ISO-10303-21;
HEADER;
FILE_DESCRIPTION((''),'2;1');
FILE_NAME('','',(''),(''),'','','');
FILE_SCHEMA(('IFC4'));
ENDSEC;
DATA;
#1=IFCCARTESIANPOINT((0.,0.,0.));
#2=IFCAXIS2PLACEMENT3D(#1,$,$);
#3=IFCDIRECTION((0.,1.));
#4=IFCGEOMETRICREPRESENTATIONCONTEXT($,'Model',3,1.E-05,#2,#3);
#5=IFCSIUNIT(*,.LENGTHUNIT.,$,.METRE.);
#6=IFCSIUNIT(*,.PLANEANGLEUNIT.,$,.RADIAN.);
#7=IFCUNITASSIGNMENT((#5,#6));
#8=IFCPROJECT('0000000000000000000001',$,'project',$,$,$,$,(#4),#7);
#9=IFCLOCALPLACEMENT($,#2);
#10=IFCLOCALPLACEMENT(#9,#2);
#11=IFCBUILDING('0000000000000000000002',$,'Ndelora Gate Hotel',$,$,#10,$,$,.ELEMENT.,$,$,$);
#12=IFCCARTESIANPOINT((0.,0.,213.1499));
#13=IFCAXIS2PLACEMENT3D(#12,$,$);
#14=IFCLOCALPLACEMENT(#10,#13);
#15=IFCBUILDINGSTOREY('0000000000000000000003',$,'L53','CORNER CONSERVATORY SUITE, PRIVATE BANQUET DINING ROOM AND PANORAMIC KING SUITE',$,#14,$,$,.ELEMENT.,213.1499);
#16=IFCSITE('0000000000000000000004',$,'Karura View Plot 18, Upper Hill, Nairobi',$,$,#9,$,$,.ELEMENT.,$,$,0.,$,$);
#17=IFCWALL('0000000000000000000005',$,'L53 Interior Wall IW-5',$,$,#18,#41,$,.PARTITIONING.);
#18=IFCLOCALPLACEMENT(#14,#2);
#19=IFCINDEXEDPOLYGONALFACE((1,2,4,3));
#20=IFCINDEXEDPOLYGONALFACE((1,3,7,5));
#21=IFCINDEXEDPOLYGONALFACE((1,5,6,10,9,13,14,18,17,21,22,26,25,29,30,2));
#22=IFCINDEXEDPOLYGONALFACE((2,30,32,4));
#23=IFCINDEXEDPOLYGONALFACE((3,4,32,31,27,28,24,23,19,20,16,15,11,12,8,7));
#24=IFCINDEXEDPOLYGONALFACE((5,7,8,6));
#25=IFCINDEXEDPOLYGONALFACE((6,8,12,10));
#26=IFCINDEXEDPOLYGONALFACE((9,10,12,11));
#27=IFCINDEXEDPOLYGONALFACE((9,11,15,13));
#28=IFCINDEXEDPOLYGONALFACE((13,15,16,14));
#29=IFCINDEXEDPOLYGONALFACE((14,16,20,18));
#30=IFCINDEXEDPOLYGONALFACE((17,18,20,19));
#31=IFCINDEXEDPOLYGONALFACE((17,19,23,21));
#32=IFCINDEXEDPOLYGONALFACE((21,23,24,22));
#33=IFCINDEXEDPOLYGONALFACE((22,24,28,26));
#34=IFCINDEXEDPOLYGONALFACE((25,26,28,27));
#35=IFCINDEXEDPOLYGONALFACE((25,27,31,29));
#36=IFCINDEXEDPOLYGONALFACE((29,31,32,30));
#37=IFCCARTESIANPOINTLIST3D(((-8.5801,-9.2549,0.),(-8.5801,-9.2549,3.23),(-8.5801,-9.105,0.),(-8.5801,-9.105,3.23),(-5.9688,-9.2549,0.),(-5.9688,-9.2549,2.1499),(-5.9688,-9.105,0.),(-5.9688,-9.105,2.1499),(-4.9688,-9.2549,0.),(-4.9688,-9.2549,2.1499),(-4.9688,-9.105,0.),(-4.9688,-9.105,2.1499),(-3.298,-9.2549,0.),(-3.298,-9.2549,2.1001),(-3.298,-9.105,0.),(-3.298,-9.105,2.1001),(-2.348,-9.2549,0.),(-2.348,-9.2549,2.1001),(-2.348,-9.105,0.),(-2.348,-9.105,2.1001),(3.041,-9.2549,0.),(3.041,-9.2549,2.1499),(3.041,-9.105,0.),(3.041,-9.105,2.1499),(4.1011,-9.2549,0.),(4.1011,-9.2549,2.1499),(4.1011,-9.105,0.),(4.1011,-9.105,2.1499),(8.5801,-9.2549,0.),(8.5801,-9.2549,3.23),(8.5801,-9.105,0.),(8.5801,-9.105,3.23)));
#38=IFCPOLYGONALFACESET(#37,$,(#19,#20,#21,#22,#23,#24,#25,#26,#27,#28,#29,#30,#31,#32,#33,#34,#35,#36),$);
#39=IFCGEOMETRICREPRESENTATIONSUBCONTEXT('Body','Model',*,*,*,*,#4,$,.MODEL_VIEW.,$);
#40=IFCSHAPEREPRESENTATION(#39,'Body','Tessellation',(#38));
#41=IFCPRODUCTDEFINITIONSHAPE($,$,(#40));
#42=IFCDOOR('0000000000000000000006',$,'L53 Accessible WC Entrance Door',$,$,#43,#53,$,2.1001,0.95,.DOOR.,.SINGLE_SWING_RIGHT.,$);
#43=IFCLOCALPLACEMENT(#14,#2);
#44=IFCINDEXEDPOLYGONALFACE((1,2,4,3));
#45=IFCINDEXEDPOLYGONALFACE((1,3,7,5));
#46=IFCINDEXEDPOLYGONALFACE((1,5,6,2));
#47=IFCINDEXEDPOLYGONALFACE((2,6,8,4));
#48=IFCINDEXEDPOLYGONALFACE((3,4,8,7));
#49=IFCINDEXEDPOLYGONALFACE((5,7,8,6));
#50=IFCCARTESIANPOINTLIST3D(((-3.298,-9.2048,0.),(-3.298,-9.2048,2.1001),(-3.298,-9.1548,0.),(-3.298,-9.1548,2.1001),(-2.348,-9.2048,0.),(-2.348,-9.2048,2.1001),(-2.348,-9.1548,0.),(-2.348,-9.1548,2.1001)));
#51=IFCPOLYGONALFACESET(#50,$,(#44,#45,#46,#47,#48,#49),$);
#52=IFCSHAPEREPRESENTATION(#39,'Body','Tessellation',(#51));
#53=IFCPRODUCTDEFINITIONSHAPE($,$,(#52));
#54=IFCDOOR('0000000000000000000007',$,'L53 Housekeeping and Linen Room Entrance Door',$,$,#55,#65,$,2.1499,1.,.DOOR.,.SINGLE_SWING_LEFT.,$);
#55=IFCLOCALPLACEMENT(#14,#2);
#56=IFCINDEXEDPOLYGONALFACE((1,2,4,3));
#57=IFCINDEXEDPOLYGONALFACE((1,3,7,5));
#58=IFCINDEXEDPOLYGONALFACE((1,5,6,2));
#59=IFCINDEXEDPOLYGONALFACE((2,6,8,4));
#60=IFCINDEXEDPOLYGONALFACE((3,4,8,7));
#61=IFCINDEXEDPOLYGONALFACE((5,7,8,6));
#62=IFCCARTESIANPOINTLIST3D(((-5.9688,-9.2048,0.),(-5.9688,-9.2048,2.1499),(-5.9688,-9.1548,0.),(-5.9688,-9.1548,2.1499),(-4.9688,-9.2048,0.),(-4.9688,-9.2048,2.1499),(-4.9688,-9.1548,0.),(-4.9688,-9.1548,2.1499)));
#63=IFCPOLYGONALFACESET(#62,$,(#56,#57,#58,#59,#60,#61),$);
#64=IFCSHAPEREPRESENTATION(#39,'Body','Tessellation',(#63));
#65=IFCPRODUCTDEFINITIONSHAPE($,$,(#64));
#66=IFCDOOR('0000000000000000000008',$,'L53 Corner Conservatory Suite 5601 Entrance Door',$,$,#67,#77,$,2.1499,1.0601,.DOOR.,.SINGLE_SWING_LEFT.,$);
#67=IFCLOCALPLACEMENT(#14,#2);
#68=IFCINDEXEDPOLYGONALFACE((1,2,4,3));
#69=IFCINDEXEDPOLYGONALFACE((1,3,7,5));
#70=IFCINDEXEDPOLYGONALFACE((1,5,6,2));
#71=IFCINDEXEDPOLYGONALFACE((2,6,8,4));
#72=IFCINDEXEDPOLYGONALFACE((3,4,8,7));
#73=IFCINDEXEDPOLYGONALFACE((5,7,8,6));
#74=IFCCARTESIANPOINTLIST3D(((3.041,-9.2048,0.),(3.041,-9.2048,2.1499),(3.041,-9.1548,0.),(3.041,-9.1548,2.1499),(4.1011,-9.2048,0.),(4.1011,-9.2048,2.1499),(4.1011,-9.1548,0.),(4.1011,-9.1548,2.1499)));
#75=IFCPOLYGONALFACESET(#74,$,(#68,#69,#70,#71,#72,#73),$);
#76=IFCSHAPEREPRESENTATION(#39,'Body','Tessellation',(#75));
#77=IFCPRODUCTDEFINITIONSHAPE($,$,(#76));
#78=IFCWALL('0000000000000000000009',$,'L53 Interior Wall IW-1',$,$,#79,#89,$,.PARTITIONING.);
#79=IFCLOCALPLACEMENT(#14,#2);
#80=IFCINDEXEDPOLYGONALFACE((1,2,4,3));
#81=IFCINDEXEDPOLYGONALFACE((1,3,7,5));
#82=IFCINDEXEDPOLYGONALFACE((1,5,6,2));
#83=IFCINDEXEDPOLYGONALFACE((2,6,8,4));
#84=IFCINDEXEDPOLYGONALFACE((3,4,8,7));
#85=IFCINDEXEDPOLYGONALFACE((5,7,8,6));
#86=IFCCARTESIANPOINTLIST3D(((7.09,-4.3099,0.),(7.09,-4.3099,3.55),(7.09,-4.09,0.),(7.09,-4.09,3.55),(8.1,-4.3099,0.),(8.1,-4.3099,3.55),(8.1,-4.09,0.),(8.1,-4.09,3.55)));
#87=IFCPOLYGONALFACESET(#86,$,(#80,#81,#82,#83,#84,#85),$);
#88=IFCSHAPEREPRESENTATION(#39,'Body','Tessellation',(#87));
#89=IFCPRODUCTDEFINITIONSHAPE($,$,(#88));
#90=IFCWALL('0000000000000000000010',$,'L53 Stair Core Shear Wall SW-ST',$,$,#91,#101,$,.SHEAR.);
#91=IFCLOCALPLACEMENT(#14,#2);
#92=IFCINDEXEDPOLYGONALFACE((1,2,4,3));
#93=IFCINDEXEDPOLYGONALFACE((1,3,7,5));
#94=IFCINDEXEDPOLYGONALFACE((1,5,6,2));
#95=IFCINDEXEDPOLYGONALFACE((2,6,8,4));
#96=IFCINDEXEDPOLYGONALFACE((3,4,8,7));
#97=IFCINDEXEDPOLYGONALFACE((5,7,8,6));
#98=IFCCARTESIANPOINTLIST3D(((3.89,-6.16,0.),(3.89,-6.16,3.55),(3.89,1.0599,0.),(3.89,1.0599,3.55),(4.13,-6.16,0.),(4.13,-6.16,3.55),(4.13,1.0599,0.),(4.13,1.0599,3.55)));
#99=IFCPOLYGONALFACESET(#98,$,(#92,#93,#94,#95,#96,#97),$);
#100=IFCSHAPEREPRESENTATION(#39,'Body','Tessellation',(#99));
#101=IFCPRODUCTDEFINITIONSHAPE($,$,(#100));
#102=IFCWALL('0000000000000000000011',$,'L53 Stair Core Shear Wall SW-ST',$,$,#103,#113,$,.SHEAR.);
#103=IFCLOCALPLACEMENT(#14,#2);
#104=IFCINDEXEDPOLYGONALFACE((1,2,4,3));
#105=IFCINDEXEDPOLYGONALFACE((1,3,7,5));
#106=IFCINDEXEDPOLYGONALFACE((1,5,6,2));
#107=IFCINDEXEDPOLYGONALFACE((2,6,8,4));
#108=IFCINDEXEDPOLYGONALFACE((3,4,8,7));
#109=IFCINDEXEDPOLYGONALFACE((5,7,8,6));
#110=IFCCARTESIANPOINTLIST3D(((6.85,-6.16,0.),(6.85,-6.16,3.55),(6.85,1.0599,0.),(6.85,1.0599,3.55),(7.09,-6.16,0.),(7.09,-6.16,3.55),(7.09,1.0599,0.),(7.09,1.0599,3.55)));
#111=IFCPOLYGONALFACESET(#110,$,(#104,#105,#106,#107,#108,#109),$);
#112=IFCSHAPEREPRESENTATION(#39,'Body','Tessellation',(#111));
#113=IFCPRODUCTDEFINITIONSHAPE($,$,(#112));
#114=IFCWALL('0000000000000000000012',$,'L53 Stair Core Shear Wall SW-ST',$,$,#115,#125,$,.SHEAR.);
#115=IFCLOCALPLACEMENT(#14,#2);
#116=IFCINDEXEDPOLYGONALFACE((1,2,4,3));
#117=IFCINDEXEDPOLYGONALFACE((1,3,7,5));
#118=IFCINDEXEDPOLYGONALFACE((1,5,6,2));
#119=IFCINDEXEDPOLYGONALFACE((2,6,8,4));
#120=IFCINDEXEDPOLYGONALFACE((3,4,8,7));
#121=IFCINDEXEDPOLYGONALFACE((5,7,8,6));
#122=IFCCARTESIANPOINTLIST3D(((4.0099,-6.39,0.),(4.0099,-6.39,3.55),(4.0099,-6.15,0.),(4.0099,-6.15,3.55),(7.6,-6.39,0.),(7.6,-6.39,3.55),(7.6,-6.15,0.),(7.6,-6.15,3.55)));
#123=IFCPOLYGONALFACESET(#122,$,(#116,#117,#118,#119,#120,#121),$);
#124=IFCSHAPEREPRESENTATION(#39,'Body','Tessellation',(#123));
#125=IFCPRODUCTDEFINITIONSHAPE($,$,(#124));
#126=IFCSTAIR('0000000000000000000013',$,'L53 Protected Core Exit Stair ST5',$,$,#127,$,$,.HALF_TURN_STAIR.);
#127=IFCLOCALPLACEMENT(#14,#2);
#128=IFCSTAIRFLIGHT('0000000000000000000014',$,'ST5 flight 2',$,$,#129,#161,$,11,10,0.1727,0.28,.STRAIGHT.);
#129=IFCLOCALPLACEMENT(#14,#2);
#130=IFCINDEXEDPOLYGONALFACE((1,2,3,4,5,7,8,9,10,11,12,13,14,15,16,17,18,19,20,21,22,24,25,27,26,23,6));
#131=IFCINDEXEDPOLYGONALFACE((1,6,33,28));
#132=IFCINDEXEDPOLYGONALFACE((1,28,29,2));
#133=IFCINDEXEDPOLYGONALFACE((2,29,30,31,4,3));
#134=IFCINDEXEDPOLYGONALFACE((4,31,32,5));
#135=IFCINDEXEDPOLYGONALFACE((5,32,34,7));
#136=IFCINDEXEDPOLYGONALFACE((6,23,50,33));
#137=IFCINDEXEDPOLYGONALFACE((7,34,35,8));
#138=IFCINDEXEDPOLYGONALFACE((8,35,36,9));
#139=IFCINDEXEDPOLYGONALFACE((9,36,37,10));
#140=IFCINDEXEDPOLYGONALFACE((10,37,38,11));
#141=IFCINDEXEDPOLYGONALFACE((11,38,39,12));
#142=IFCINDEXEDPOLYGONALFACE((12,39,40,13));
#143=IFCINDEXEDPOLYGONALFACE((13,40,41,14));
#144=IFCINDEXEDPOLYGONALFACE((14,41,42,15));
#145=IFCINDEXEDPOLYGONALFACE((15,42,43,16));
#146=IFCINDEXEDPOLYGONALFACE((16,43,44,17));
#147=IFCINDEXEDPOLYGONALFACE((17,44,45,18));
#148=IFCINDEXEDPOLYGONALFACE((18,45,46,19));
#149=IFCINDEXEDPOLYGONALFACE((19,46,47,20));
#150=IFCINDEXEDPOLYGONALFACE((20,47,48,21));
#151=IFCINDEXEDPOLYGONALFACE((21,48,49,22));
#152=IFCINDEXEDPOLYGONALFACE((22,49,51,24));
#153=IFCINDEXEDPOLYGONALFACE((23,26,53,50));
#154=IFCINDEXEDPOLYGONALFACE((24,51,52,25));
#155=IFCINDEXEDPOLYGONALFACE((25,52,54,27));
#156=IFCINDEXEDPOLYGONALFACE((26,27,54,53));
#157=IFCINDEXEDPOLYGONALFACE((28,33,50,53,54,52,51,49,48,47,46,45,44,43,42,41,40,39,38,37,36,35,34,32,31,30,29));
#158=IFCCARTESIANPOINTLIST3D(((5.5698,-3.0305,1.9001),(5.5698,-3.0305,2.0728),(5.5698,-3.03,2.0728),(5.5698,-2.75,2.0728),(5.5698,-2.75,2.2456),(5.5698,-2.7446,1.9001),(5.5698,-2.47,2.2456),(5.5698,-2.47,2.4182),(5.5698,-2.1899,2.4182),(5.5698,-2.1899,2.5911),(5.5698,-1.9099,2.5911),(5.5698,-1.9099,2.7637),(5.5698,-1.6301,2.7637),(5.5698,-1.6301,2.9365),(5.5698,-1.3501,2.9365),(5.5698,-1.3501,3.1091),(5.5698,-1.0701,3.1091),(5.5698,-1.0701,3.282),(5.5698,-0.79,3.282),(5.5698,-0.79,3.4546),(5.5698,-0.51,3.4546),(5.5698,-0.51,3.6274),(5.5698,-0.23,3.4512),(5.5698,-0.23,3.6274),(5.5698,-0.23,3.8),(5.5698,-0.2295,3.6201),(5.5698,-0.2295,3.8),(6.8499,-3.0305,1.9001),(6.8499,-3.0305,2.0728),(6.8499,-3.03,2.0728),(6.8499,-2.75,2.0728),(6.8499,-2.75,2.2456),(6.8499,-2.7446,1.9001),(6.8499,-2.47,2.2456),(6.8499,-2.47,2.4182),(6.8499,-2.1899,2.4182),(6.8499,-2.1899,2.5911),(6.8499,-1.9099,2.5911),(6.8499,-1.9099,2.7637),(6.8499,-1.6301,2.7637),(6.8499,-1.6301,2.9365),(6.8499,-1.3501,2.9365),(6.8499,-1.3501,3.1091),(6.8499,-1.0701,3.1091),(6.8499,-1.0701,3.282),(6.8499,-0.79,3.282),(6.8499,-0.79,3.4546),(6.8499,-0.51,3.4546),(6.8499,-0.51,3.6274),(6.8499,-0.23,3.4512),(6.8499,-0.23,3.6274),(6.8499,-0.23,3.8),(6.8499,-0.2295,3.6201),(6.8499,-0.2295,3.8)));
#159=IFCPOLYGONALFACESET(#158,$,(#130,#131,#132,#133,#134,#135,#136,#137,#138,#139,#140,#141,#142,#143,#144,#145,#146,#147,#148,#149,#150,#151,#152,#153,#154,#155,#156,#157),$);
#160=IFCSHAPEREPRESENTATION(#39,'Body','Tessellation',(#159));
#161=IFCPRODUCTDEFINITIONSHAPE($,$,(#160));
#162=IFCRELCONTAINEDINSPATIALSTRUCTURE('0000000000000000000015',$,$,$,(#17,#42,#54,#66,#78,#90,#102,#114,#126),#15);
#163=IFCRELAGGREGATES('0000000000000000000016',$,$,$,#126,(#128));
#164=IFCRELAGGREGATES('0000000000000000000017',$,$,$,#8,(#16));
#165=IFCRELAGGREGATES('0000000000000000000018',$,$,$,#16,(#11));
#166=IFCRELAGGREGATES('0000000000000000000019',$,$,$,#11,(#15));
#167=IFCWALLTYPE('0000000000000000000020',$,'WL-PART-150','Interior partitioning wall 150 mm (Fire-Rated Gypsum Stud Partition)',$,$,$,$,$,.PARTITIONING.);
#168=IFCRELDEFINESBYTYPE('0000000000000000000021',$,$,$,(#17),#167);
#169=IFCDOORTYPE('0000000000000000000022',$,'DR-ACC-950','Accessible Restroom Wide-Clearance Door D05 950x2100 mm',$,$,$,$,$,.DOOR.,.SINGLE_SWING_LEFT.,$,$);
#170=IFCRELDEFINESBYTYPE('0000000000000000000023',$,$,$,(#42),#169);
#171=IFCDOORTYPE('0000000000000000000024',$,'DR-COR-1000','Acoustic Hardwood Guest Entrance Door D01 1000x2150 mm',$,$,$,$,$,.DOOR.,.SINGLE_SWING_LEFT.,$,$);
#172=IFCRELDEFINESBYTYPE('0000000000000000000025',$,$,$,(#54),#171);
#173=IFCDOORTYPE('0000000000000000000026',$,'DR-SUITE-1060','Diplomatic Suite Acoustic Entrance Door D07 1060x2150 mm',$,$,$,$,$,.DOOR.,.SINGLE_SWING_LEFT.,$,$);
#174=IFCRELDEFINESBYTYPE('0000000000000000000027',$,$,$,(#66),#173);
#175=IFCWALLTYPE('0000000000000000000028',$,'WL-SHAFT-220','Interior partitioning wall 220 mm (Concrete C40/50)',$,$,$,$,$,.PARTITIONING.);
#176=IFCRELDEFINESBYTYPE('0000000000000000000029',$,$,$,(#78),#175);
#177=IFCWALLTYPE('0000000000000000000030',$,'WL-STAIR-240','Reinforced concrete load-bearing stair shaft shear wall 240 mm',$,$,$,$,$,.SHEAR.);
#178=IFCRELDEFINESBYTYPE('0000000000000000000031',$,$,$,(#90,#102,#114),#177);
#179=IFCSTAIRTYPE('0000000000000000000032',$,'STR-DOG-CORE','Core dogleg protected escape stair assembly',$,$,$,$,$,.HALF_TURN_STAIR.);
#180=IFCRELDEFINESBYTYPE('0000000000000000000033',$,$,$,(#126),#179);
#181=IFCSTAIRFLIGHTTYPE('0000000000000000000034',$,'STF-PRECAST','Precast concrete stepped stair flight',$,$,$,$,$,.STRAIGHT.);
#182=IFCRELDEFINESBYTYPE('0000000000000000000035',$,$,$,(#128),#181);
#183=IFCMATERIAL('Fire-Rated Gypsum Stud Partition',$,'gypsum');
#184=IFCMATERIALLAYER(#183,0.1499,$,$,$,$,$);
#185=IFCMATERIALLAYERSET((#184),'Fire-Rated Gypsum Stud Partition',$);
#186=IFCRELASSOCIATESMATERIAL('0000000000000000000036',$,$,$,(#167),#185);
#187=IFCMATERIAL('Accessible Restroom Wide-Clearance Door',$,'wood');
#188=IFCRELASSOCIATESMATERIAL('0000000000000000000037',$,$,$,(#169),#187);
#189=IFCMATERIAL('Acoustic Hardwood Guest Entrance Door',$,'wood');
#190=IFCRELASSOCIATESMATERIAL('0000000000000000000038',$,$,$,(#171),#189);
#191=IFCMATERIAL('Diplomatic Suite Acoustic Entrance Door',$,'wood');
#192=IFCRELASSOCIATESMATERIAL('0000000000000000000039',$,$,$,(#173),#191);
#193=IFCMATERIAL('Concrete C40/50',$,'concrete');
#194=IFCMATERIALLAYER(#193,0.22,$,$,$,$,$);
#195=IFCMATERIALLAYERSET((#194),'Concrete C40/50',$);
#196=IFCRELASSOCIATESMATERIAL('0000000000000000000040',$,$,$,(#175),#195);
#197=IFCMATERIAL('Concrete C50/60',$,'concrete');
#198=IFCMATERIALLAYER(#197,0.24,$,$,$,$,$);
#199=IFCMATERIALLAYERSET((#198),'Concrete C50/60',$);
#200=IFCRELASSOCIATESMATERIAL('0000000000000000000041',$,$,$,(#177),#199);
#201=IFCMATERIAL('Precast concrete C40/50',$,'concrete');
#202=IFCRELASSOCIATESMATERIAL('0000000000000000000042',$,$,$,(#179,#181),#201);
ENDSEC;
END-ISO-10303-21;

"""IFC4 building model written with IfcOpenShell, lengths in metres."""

from ifc_helpers import new_model, si_unit, direction, frame, frame_2d, origin, place, context, subcontext, project, spatial, polyline, rectangle, outline, extrude, material, layer, layer_set, type_object, element, fill, aggregate, save


model = new_model("IFC4")

# Units and contexts
model_context = context("Model", 3, precision=1e-05, world=origin(), true_north=direction((0.0, 1.0)))
body_context = subcontext(model_context, "Body", "Model", "MODEL_VIEW")
ifc_project = project(units=[si_unit("LENGTHUNIT", "METRE"), si_unit("PLANEANGLEUNIT", "RADIAN")], contexts=[model_context])

# Site, building, storey
site_placement = place(None, origin())
site = spatial("IfcSite", under=ifc_project, at=site_placement, Name="Karura View Plot 18, Upper Hill, Nairobi", CompositionType="ELEMENT", RefElevation=0.0)
building_placement = place(site_placement, origin())
building = spatial("IfcBuilding", under=site, at=building_placement, Name="Ndelora Gate Hotel", CompositionType="ELEMENT")
storey_placement = place(building_placement, frame((0.0, 0.0, 213.1499)))
storey = spatial("IfcBuildingStorey", under=building, at=storey_placement, Name="L53", Description="CORNER CONSERVATORY SUITE, PRIVATE BANQUET DINING ROOM AND PANORAMIC KING SUITE", CompositionType="ELEMENT", Elevation=213.1499)

# Shared definitions
ifc_material_1 = material(Name="Concrete C50/60", Category="concrete")

# Wall, openings, doors
ifc_material_2 = material(Name="Fire-Rated Gypsum Stud Partition", Category="gypsum")
ifc_layer_1 = layer(ifc_material_2, 0.1499)
ifc_layer_set_1 = layer_set([ifc_layer_1], Name="Fire-Rated Gypsum Stud Partition")
wall_type_1 = type_object("IfcWallType", Name="WL-PART-150", Description="Interior partitioning wall 150 mm (Fire-Rated Gypsum Stud Partition)", PredefinedType="PARTITIONING", material=ifc_layer_set_1)
wall_1_placement = place(storey_placement, frame((8.5801, -9.1799, 0.0), z_axis=(0.0, 0.0, 1.0), x_axis=(-1.0, 0.0, 0.0)))
wall_1 = element("IfcWall", 1, at=wall_1_placement, inside=storey, type_object=wall_type_1, Name="L53 Interior Wall IW-5", PredefinedType="PARTITIONING", context=body_context, shape_type="SweptSolid", body=[
    extrude(rectangle(XDim=17.1602, YDim=0.1499, at=frame_2d((8.5801, 0.0))), origin(), (0.0, 0.0, 1.0), 3.23),
])
opening_1_placement = place(wall_1_placement, frame((10.928, 0.0, 0.0)))
opening_1 = element("IfcOpeningElement", 2, at=opening_1_placement, cuts=wall_1, PredefinedType="OPENING", context=body_context, shape_type="SweptSolid", body=[
    extrude(rectangle(XDim=0.95, YDim=2.1001, at=frame_2d((0.4751, 1.05))), frame((0.0, 0.085, 0.0), z_axis=(0.0, -1.0, 0.0), x_axis=(1.0, 0.0, 0.0)), (0.0, 0.0, 1.0), 0.1699),
])
opening_2_placement = place(wall_1_placement, frame((13.5488, 0.0, 0.0)))
opening_2 = element("IfcOpeningElement", 3, at=opening_2_placement, cuts=wall_1, PredefinedType="OPENING", context=body_context, shape_type="SweptSolid", body=[
    extrude(rectangle(XDim=1.0, YDim=2.1499, at=frame_2d((0.5, 1.075))), frame((0.0, 0.085, 0.0), z_axis=(0.0, -1.0, 0.0), x_axis=(1.0, 0.0, 0.0)), (0.0, 0.0, 1.0), 0.1699),
])
opening_3_placement = place(wall_1_placement, frame((4.479, 0.0, 0.0)))
opening_3 = element("IfcOpeningElement", 4, at=opening_3_placement, cuts=wall_1, PredefinedType="OPENING", context=body_context, shape_type="SweptSolid", body=[
    extrude(rectangle(XDim=1.0601, YDim=2.1499, at=frame_2d((0.53, 1.075))), frame((0.0, 0.085, 0.0), z_axis=(0.0, -1.0, 0.0), x_axis=(1.0, 0.0, 0.0)), (0.0, 0.0, 1.0), 0.1699),
])
ifc_material_3 = material(Name="Accessible Restroom Wide-Clearance Door", Category="wood")
door_type_1 = type_object("IfcDoorType", Name="DR-ACC-950", Description="Accessible Restroom Wide-Clearance Door D05 950x2100 mm", OperationType="SINGLE_SWING_LEFT", PredefinedType="DOOR", material=ifc_material_3)
door_1_placement = place(opening_1_placement, origin())
door_1 = element("IfcDoor", 5, at=door_1_placement, inside=storey, type_object=door_type_1, Name="L53 Accessible WC Entrance Door", OperationType="SINGLE_SWING_RIGHT", OverallHeight=2.1001, OverallWidth=0.95, PredefinedType="DOOR", context=body_context, shape_type="SweptSolid", body=[
    extrude(rectangle(XDim=0.95, YDim=2.1001, at=frame_2d((0.4751, 1.05))), frame((0.0, 0.0249, 0.0), z_axis=(0.0, -1.0, 0.0), x_axis=(1.0, 0.0, 0.0)), (0.0, 0.0, 1.0), 0.05),
])
fill(opening_1, door_1)
ifc_material_4 = material(Name="Acoustic Hardwood Guest Entrance Door", Category="wood")
door_type_2 = type_object("IfcDoorType", Name="DR-COR-1000", Description="Acoustic Hardwood Guest Entrance Door D01 1000x2150 mm", OperationType="SINGLE_SWING_LEFT", PredefinedType="DOOR", material=ifc_material_4)
door_2_placement = place(opening_2_placement, origin())
door_2 = element("IfcDoor", 6, at=door_2_placement, inside=storey, type_object=door_type_2, Name="L53 Housekeeping and Linen Room Entrance Door", OperationType="SINGLE_SWING_LEFT", OverallHeight=2.1499, OverallWidth=1.0, PredefinedType="DOOR", context=body_context, shape_type="SweptSolid", body=[
    extrude(rectangle(XDim=1.0, YDim=2.1499, at=frame_2d((0.5, 1.075))), frame((0.0, 0.0249, 0.0), z_axis=(0.0, -1.0, 0.0), x_axis=(1.0, 0.0, 0.0)), (0.0, 0.0, 1.0), 0.05),
])
fill(opening_2, door_2)
ifc_material_5 = material(Name="Diplomatic Suite Acoustic Entrance Door", Category="wood")
door_type_3 = type_object("IfcDoorType", Name="DR-SUITE-1060", Description="Diplomatic Suite Acoustic Entrance Door D07 1060x2150 mm", OperationType="SINGLE_SWING_LEFT", PredefinedType="DOOR", material=ifc_material_5)
door_3_placement = place(opening_3_placement, origin())
door_3 = element("IfcDoor", 7, at=door_3_placement, inside=storey, type_object=door_type_3, Name="L53 Corner Conservatory Suite 5601 Entrance Door", OperationType="SINGLE_SWING_LEFT", OverallHeight=2.1499, OverallWidth=1.0601, PredefinedType="DOOR", context=body_context, shape_type="SweptSolid", body=[
    extrude(rectangle(XDim=1.0601, YDim=2.1499, at=frame_2d((0.53, 1.075))), frame((0.0, 0.0249, 0.0), z_axis=(0.0, -1.0, 0.0), x_axis=(1.0, 0.0, 0.0)), (0.0, 0.0, 1.0), 0.05),
])
fill(opening_3, door_3)

# Walls
ifc_material_6 = material(Name="Concrete C40/50", Category="concrete")
ifc_layer_2 = layer(ifc_material_6, 0.22)
ifc_layer_set_2 = layer_set([ifc_layer_2], Name="Concrete C40/50")
wall_type_2 = type_object("IfcWallType", Name="WL-SHAFT-220", Description="Interior partitioning wall 220 mm (Concrete C40/50)", PredefinedType="PARTITIONING", material=ifc_layer_set_2)
wall_2_placement = place(storey_placement, frame((7.0901, -4.2, 0.0), z_axis=(0.0, 0.0, 1.0), x_axis=(1.0, 0.0, 0.0)))
element("IfcWall", 8, at=wall_2_placement, inside=storey, type_object=wall_type_2, Name="L53 Interior Wall IW-1", PredefinedType="PARTITIONING", context=body_context, shape_type="SweptSolid", body=[
    extrude(rectangle(XDim=1.01, YDim=0.22, at=frame_2d((0.5049, 0.0))), origin(), (0.0, 0.0, 1.0), 3.55),
])
ifc_layer_3 = layer(ifc_material_1, 0.24)
ifc_layer_set_3 = layer_set([ifc_layer_3], Name="Concrete C50/60")
wall_type_3 = type_object("IfcWallType", Name="WL-STAIR-240", Description="Reinforced concrete load-bearing stair shaft shear wall 240 mm", PredefinedType="SHEAR", material=ifc_layer_set_3)
for number, where, z_axis, x_axis, name in (
    (9, (4.01, -6.1599, 0.0), (0.0, 0.0, 1.0), (0.0, 1.0, 0.0), "L53 Stair Core Shear Wall SW-ST"),
    (10, (6.97, -6.1599, 0.0), (0.0, 0.0, 1.0), (0.0, 1.0, 0.0), "L53 Stair Core Shear Wall SW-ST"),
):
    element("IfcWall", number, at=place(storey_placement, frame(where, z_axis=z_axis, x_axis=x_axis)), inside=storey, type_object=wall_type_3, Name=name, PredefinedType="SHEAR", context=body_context, shape_type="SweptSolid", body=[
        extrude(rectangle(XDim=7.22, YDim=0.24, at=frame_2d((3.6099, 0.0))), origin(), (0.0, 0.0, 1.0), 3.55),
    ])
wall_3_placement = place(storey_placement, frame((4.01, -6.27, 0.0), z_axis=(0.0, 0.0, 1.0), x_axis=(1.0, 0.0, 0.0)))
element("IfcWall", 11, at=wall_3_placement, inside=storey, type_object=wall_type_3, Name="L53 Stair Core Shear Wall SW-ST", PredefinedType="SHEAR", context=body_context, shape_type="SweptSolid", body=[
    extrude(rectangle(XDim=3.5901, YDim=0.24, at=frame_2d((1.7949, 0.0))), origin(), (0.0, 0.0, 1.0), 3.55),
])

# Stair, stair flight
ifc_material_7 = material(Name="Precast concrete C40/50", Category="concrete")
stair_type = type_object("IfcStairType", Name="STR-DOG-CORE", Description="Core dogleg protected escape stair assembly", PredefinedType="HALF_TURN_STAIR", material=ifc_material_7)
stair_placement = place(storey_placement, origin())
stair = element("IfcStair", 12, at=stair_placement, inside=storey, type_object=stair_type, Name="L53 Protected Core Exit Stair ST5", PredefinedType="HALF_TURN_STAIR")
stair_flight_type = type_object("IfcStairFlightType", Name="STF-PRECAST", Description="Precast concrete stepped stair flight", PredefinedType="STRAIGHT", material=ifc_material_7)
stair_flight_placement = place(storey_placement, frame((6.21, -3.03, 1.9001), z_axis=(0.0, 0.0, 1.0), x_axis=(0.0, 1.0, 0.0)))
stair_flight = element("IfcStairFlight", 13, at=stair_flight_placement, type_object=stair_flight_type, Name="ST5 flight 2", NumberOfRisers=11, NumberOfTreads=10, PredefinedType="STRAIGHT", RiserHeight=0.1727, TreadLength=0.28, context=body_context, shape_type="SweptSolid", body=[
    extrude(outline(polyline([(-0.0005, 0.0), (-0.0005, 0.1726), (0.0, 0.1726), (0.28, 0.1726), (0.28, 0.3455), (0.5601, 0.3455), (0.5601, 0.5181), (0.8401, 0.5181), (0.8401, 0.6909), (1.1201, 0.6909), (1.1201, 0.8635), (1.3999, 0.8635), (1.3999, 1.0364), (1.6799, 1.0364), (1.6799, 1.209), (1.96, 1.209), (1.96, 1.3818), (2.24, 1.3818), (2.24, 1.5544), (2.52, 1.5544), (2.52, 1.7273), (2.8, 1.7273), (2.8, 1.8999), (2.8005, 1.8999), (2.8005, 1.72), (2.8, 1.551), (0.2854, 0.0), (-0.0005, 0.0)])), frame((0.0, 0.6401, 0.0), z_axis=(0.0, -1.0, 0.0), x_axis=(1.0, 0.0, 0.0)), (0.0, 0.0, 1.0), 1.28),
])
aggregate(stair, [stair_flight])

save(model, "model.ifc")
